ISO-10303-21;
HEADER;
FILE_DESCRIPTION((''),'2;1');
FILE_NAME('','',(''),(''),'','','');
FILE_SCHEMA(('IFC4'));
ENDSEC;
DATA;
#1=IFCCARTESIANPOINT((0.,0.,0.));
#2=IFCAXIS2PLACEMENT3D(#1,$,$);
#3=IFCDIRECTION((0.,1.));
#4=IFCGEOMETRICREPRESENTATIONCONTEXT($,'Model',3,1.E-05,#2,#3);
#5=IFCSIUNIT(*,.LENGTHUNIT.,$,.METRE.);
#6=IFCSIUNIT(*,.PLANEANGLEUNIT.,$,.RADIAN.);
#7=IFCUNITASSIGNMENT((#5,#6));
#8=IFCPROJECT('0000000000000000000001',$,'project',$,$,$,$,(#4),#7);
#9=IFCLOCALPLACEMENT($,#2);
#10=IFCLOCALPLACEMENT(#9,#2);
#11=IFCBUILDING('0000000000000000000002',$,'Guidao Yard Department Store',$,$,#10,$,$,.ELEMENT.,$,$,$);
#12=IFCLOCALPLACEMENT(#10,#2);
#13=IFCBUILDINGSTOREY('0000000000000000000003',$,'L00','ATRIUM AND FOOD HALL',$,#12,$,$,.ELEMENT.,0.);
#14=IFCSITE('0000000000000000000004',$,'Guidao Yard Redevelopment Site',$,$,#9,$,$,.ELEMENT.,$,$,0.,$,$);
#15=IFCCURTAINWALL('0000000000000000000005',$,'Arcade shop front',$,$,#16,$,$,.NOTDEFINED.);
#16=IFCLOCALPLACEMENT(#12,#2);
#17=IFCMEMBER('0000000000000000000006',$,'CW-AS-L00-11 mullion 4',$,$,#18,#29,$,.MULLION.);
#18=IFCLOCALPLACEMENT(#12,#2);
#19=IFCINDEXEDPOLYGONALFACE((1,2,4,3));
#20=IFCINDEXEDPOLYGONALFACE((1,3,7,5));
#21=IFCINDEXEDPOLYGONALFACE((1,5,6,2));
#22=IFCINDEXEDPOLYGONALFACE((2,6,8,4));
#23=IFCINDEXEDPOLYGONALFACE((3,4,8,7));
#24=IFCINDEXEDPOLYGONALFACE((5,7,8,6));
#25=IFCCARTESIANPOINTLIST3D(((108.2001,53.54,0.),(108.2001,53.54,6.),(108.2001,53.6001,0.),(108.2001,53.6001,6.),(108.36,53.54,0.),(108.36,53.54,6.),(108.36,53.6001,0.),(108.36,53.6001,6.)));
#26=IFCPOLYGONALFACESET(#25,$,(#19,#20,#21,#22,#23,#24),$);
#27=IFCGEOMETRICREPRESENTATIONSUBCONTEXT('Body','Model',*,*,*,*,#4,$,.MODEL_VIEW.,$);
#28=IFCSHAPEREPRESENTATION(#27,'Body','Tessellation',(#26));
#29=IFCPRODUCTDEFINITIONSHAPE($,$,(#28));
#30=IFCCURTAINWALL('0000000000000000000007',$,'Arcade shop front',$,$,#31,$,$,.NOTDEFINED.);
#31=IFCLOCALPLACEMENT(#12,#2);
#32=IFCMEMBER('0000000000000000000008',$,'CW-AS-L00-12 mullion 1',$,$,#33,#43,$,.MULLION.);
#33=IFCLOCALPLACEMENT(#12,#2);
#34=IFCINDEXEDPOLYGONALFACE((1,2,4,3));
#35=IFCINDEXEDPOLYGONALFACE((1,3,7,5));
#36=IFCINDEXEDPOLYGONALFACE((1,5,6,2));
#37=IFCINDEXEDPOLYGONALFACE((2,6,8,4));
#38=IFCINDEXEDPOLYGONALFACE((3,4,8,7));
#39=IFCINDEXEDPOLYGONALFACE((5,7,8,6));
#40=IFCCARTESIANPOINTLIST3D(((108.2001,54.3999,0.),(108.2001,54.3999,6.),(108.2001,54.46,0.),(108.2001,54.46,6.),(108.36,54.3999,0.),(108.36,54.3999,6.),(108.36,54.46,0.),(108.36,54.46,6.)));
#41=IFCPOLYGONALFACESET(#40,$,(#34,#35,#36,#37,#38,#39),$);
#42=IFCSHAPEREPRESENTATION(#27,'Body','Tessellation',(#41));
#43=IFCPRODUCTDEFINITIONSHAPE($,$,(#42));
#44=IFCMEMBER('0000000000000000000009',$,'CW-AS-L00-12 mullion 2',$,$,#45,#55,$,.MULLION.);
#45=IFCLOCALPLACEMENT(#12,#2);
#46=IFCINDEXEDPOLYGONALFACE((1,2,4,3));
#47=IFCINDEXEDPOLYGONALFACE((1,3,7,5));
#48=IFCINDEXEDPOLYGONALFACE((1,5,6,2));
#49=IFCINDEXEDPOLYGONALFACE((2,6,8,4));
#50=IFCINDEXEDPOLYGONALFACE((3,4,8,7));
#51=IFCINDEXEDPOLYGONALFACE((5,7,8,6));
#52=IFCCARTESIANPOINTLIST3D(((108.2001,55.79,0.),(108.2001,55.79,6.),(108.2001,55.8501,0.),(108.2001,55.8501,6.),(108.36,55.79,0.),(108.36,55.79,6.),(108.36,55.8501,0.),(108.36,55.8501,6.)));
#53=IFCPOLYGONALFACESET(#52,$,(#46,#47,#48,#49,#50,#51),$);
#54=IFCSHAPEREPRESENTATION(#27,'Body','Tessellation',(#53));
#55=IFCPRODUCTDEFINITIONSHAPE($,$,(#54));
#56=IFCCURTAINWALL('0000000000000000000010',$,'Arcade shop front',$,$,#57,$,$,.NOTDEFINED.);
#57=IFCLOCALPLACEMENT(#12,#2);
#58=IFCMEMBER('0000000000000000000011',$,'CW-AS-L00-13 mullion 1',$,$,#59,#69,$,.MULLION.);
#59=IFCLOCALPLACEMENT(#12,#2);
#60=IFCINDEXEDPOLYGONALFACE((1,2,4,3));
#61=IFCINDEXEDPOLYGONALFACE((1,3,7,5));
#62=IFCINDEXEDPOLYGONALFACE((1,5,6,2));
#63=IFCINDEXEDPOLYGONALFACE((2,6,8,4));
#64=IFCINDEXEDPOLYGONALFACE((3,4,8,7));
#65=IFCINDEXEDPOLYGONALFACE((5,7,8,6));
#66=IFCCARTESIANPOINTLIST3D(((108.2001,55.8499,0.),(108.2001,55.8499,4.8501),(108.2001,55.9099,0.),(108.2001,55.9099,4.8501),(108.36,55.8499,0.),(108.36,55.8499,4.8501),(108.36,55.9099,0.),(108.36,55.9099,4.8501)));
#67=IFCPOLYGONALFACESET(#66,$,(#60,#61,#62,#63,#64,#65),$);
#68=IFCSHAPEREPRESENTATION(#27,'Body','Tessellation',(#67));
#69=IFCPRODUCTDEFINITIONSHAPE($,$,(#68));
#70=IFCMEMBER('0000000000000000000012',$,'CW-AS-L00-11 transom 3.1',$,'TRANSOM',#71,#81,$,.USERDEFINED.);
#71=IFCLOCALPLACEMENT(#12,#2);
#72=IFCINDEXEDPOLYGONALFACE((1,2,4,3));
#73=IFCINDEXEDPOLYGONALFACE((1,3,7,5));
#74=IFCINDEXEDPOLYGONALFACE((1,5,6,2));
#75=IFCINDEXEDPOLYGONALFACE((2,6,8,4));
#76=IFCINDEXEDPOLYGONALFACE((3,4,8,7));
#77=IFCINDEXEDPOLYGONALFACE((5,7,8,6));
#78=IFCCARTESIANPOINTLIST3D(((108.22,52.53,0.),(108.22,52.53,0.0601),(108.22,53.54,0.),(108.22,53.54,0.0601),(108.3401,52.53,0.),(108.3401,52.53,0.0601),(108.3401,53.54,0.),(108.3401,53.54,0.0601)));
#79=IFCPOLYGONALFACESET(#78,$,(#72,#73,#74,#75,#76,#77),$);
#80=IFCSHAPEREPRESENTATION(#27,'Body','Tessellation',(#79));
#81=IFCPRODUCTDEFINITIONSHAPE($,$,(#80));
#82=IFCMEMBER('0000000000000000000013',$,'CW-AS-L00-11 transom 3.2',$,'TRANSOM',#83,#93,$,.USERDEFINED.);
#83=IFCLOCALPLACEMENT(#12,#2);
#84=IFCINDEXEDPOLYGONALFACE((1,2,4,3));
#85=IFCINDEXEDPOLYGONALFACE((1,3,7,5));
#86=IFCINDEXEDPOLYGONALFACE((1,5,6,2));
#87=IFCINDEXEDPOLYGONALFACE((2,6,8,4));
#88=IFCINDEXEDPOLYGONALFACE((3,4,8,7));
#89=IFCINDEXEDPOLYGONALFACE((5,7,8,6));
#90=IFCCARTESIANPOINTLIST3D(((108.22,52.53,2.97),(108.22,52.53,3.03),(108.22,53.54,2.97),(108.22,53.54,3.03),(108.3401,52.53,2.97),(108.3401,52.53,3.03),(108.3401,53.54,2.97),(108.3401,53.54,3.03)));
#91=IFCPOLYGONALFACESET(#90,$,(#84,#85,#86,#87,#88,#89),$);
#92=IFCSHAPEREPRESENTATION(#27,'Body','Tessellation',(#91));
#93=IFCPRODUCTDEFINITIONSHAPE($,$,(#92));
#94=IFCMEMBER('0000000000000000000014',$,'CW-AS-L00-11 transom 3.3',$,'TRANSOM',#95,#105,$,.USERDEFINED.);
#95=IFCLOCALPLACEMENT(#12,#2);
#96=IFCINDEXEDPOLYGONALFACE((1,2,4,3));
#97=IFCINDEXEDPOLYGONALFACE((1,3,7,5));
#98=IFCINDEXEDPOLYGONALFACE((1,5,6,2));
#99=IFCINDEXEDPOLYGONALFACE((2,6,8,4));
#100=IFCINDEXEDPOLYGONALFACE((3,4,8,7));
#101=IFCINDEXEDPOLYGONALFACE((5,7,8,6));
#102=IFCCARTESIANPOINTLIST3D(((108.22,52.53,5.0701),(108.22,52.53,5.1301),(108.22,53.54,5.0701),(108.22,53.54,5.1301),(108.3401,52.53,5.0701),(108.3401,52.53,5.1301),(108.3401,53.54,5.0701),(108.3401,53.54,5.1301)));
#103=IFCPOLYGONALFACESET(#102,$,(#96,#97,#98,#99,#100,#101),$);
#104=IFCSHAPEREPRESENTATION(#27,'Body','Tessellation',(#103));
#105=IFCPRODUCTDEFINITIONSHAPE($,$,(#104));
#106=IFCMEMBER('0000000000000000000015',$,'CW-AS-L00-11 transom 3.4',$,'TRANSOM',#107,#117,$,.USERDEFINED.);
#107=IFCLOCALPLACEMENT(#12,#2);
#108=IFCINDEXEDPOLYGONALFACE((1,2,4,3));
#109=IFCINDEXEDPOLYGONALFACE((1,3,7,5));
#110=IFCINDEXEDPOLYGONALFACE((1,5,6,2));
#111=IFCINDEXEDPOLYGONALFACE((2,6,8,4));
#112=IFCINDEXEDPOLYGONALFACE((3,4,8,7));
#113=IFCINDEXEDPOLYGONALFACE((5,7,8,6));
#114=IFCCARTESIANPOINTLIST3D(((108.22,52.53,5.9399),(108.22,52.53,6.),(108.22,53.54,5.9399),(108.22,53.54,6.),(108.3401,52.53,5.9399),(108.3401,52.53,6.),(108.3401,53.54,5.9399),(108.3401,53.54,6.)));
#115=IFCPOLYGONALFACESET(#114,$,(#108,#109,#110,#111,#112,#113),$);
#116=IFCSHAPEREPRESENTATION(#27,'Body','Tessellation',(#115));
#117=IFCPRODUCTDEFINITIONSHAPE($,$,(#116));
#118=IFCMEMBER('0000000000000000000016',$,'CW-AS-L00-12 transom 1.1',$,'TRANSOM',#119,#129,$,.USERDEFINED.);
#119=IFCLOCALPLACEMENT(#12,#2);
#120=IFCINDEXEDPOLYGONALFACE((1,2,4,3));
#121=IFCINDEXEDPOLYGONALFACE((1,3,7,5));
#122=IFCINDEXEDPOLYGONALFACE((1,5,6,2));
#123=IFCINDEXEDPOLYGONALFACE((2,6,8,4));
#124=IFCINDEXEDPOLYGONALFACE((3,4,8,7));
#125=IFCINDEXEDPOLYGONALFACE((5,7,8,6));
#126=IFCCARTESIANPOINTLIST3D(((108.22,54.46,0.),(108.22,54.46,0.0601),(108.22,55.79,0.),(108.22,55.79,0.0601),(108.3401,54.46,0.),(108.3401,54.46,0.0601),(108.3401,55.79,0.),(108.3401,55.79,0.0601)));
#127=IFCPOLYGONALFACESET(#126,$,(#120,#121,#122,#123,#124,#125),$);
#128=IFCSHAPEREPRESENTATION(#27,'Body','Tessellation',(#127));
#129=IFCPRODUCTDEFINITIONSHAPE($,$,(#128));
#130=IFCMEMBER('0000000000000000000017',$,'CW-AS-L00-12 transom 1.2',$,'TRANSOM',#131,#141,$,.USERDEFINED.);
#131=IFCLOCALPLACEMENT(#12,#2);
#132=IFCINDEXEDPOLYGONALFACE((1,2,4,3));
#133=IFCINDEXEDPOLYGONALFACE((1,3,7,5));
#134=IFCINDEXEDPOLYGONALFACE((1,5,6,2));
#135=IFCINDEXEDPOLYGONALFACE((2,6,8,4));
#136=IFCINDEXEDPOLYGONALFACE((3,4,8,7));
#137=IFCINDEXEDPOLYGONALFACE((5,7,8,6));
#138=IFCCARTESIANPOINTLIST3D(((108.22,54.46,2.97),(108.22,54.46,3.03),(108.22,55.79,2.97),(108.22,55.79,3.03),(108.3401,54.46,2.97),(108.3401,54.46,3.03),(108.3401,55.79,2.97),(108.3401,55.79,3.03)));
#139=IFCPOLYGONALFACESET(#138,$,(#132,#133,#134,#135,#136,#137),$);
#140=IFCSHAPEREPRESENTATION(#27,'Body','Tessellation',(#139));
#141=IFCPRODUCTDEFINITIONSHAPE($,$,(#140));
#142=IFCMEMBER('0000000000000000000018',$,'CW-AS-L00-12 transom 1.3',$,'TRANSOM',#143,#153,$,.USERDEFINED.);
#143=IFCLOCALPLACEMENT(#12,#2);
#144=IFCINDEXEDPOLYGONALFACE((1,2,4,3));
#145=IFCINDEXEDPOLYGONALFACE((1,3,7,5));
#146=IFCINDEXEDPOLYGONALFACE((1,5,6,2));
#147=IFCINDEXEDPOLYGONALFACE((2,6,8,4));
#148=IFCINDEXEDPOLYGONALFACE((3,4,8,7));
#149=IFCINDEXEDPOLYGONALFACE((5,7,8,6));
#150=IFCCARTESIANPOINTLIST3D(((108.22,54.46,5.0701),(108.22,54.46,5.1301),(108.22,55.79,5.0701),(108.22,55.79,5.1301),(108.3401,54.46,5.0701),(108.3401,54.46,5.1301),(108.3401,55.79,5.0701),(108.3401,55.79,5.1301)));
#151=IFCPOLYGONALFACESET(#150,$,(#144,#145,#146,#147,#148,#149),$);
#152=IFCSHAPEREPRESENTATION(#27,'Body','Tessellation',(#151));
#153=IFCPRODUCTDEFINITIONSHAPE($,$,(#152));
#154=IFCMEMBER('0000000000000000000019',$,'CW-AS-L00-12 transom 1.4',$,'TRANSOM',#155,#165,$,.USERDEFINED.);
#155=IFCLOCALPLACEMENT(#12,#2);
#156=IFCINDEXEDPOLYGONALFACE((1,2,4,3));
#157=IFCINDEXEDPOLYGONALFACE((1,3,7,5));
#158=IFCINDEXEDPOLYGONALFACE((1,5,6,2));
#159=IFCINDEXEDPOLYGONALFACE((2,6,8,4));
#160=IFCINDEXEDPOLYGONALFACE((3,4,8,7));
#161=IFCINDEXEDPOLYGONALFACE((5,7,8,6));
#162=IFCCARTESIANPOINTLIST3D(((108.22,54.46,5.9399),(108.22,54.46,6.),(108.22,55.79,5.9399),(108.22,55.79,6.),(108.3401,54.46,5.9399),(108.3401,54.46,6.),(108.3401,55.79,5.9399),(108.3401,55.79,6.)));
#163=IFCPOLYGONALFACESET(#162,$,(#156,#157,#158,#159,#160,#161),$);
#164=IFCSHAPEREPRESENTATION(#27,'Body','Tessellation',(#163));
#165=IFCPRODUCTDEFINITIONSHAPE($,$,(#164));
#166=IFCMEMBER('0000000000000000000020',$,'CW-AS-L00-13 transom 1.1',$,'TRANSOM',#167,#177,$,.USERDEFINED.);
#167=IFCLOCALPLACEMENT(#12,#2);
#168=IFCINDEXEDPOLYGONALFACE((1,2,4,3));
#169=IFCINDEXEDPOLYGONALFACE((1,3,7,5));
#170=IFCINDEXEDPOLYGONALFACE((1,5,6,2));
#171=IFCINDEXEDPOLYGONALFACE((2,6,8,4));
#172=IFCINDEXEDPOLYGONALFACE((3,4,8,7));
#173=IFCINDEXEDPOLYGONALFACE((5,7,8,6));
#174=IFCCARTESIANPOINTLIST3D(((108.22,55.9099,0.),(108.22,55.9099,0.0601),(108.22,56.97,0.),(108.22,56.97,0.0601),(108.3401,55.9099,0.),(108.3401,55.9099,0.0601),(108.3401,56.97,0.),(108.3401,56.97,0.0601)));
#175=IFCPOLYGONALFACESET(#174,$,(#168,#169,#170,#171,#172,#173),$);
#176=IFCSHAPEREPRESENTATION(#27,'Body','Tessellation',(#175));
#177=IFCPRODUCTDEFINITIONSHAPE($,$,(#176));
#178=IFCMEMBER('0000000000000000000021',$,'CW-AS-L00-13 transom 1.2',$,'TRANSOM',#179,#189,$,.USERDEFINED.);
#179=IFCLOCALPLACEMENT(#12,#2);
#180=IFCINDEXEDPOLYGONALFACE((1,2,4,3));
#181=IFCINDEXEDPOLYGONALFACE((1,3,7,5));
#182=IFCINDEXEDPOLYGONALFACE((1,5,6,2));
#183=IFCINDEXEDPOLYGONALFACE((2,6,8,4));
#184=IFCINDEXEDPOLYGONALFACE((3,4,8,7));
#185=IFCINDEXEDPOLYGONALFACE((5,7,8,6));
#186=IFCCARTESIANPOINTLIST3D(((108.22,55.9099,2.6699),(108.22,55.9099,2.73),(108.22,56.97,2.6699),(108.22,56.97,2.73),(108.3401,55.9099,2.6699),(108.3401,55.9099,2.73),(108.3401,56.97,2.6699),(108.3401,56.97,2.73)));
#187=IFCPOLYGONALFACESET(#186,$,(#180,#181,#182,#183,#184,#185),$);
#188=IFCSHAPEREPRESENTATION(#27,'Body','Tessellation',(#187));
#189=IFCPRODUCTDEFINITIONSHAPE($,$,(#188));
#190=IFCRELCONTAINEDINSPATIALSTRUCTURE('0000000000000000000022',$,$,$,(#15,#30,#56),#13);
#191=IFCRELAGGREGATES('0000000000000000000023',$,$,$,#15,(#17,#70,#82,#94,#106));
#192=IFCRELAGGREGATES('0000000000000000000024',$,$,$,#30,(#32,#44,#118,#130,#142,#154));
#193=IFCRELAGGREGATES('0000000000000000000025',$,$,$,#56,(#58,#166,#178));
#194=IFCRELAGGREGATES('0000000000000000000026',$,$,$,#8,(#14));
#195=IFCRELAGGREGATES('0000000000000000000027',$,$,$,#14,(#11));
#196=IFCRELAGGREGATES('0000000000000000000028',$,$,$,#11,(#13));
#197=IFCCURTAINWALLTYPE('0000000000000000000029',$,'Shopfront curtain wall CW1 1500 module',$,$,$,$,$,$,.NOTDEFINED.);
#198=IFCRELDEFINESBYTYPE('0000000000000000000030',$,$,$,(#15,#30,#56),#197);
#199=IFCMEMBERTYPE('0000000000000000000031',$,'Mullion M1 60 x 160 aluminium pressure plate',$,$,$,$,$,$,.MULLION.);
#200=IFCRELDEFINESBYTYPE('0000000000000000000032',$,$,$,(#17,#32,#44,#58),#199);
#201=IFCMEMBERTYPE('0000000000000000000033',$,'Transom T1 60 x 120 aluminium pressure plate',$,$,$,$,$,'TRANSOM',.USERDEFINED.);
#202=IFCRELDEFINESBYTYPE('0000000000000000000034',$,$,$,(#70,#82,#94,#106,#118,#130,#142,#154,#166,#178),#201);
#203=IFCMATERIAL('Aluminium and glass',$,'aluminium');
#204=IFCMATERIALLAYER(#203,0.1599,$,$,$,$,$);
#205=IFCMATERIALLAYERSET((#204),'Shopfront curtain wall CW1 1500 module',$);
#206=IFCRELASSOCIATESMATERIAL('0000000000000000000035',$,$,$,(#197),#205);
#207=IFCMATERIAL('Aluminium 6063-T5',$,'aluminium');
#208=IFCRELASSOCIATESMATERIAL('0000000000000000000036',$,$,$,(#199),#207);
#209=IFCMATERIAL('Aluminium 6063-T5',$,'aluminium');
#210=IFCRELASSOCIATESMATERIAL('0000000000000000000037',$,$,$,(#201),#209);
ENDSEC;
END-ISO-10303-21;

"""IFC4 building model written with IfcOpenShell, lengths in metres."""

from ifc_helpers import new_model, si_unit, direction, frame, origin, origin_2d, place, context, subcontext, project, spatial, rectangle, extrude, material, layer, layer_set, material_profile, profile_set, type_object, element, aggregate, save


model = new_model("IFC4")

# Units and contexts
model_context = context("Model", 3, precision=1e-05, world=origin(), true_north=direction((0.0, 1.0)))
body_context = subcontext(model_context, "Body", "Model", "MODEL_VIEW")
ifc_project = project(units=[si_unit("LENGTHUNIT", "METRE"), si_unit("PLANEANGLEUNIT", "RADIAN")], contexts=[model_context])

# Site, building, storey
site_placement = place(None, origin())
site = spatial("IfcSite", under=ifc_project, at=site_placement, Name="Guidao Yard Redevelopment Site", CompositionType="ELEMENT", RefElevation=0.0)
building_placement = place(site_placement, origin())
building = spatial("IfcBuilding", under=site, at=building_placement, Name="Guidao Yard Department Store", CompositionType="ELEMENT")
storey_placement = place(building_placement, origin())
storey = spatial("IfcBuildingStorey", under=building, at=storey_placement, Name="L00", Description="ATRIUM AND FOOD HALL", CompositionType="ELEMENT", Elevation=0.0)

# Curtain wall, member
ifc_material_1 = material(Name="Aluminium and glass", Category="aluminium")
ifc_layer_1 = layer(ifc_material_1, 0.1599)
ifc_layer_set_1 = layer_set([ifc_layer_1], Name="Shopfront curtain wall CW1 1500 module")
curtain_wall_type = type_object("IfcCurtainWallType", Name="Shopfront curtain wall CW1 1500 module", PredefinedType="NOTDEFINED", material=ifc_layer_set_1)
curtain_wall_1_placement = place(storey_placement, origin())
curtain_wall_1 = element("IfcCurtainWall", 1, at=curtain_wall_1_placement, inside=storey, type_object=curtain_wall_type, Name="Arcade shop front", PredefinedType="NOTDEFINED")
ifc_material_2 = material(Name="Aluminium 6063-T5", Category="aluminium")
ifc_material_profile_1 = material_profile(ifc_material_2, rectangle(XDim=0.0601, YDim=0.1599, at=origin_2d()), Name="Mullion M1 60 x 160 aluminium pressure plate")
ifc_profile_set_1 = profile_set([ifc_material_profile_1], Name="Aluminium 6063-T5")
member_type_1 = type_object("IfcMemberType", Name="Mullion M1 60 x 160 aluminium pressure plate", PredefinedType="MULLION", material=ifc_profile_set_1)
member_1_placement = place(storey_placement, frame((108.28, 53.5701, 0.0), z_axis=(0.0, 0.0, 1.0), x_axis=(0.0, -1.0, 0.0)))
member_1 = element("IfcMember", 2, at=member_1_placement, type_object=member_type_1, Name="CW-AS-L00-11 mullion 4", PredefinedType="MULLION", context=body_context, shape_type="SweptSolid", body=[
    extrude(rectangle(XDim=0.0601, YDim=0.1599, at=origin_2d()), origin(), (0.0, 0.0, 1.0), 6.0),
])

# Curtain wall, members
curtain_wall_2_placement = place(storey_placement, origin())
curtain_wall_2 = element("IfcCurtainWall", 3, at=curtain_wall_2_placement, inside=storey, type_object=curtain_wall_type, Name="Arcade shop front", PredefinedType="NOTDEFINED")
member_2_placement = place(storey_placement, frame((108.28, 54.4299, 0.0), z_axis=(0.0, 0.0, 1.0), x_axis=(0.0, -1.0, 0.0)))
member_2 = element("IfcMember", 4, at=member_2_placement, type_object=member_type_1, Name="CW-AS-L00-12 mullion 1", PredefinedType="MULLION", context=body_context, shape_type="SweptSolid", body=[
    extrude(rectangle(XDim=0.0601, YDim=0.1599, at=origin_2d()), origin(), (0.0, 0.0, 1.0), 6.0),
])
member_3_placement = place(storey_placement, frame((108.28, 55.8201, 0.0), z_axis=(0.0, 0.0, 1.0), x_axis=(0.0, -1.0, 0.0)))
member_3 = element("IfcMember", 5, at=member_3_placement, type_object=member_type_1, Name="CW-AS-L00-12 mullion 2", PredefinedType="MULLION", context=body_context, shape_type="SweptSolid", body=[
    extrude(rectangle(XDim=0.0601, YDim=0.1599, at=origin_2d()), origin(), (0.0, 0.0, 1.0), 6.0),
])

# Curtain wall, member
curtain_wall_3_placement = place(storey_placement, origin())
curtain_wall_3 = element("IfcCurtainWall", 6, at=curtain_wall_3_placement, inside=storey, type_object=curtain_wall_type, Name="Arcade shop front", PredefinedType="NOTDEFINED")
member_4_placement = place(storey_placement, frame((108.28, 55.8799, 0.0), z_axis=(0.0, 0.0, 1.0), x_axis=(0.0, -1.0, 0.0)))
member_4 = element("IfcMember", 7, at=member_4_placement, type_object=member_type_1, Name="CW-AS-L00-13 mullion 1", PredefinedType="MULLION", context=body_context, shape_type="SweptSolid", body=[
    extrude(rectangle(XDim=0.0601, YDim=0.1599, at=origin_2d()), origin(), (0.0, 0.0, 1.0), 4.8501),
])

# Members
ifc_material_3 = material(Name="Aluminium 6063-T5", Category="aluminium")
ifc_material_profile_2 = material_profile(ifc_material_3, rectangle(XDim=0.1201, YDim=0.0601, at=origin_2d()), Name="Transom T1 60 x 120 aluminium pressure plate")
ifc_profile_set_2 = profile_set([ifc_material_profile_2], Name="Aluminium 6063-T5")
member_type_2 = type_object("IfcMemberType", Name="Transom T1 60 x 120 aluminium pressure plate", ElementType="TRANSOM", PredefinedType="USERDEFINED", material=ifc_profile_set_2)
member_5_placement = place(storey_placement, frame((108.28, 53.54, 0.03), z_axis=(0.0, -1.0, 0.0), x_axis=(1.0, 0.0, 0.0)))
member_5 = element("IfcMember", 8, at=member_5_placement, type_object=member_type_2, Name="CW-AS-L00-11 transom 3.1", ObjectType="TRANSOM", PredefinedType="USERDEFINED", context=body_context, shape_type="SweptSolid", body=[
    extrude(rectangle(XDim=0.1201, YDim=0.0601, at=origin_2d()), origin(), (0.0, 0.0, 1.0), 1.01),
])
member_6_placement = place(storey_placement, frame((108.28, 53.54, 3.0), z_axis=(0.0, -1.0, 0.0), x_axis=(1.0, 0.0, 0.0)))
member_6 = element("IfcMember", 9, at=member_6_placement, type_object=member_type_2, Name="CW-AS-L00-11 transom 3.2", ObjectType="TRANSOM", PredefinedType="USERDEFINED", context=body_context, shape_type="SweptSolid", body=[
    extrude(rectangle(XDim=0.1201, YDim=0.0601, at=origin_2d()), origin(), (0.0, 0.0, 1.0), 1.01),
])
member_7_placement = place(storey_placement, frame((108.28, 53.54, 5.1001), z_axis=(0.0, -1.0, 0.0), x_axis=(1.0, 0.0, 0.0)))
member_7 = element("IfcMember", 10, at=member_7_placement, type_object=member_type_2, Name="CW-AS-L00-11 transom 3.3", ObjectType="TRANSOM", PredefinedType="USERDEFINED", context=body_context, shape_type="SweptSolid", body=[
    extrude(rectangle(XDim=0.1201, YDim=0.0601, at=origin_2d()), origin(), (0.0, 0.0, 1.0), 1.01),
])
member_8_placement = place(storey_placement, frame((108.28, 53.54, 5.97), z_axis=(0.0, -1.0, 0.0), x_axis=(1.0, 0.0, 0.0)))
member_8 = element("IfcMember", 11, at=member_8_placement, type_object=member_type_2, Name="CW-AS-L00-11 transom 3.4", ObjectType="TRANSOM", PredefinedType="USERDEFINED", context=body_context, shape_type="SweptSolid", body=[
    extrude(rectangle(XDim=0.1201, YDim=0.0601, at=origin_2d()), origin(), (0.0, 0.0, 1.0), 1.01),
])
member_9_placement = place(storey_placement, frame((108.28, 55.79, 0.03), z_axis=(0.0, -1.0, 0.0), x_axis=(1.0, 0.0, 0.0)))
member_9 = element("IfcMember", 12, at=member_9_placement, type_object=member_type_2, Name="CW-AS-L00-12 transom 1.1", ObjectType="TRANSOM", PredefinedType="USERDEFINED", context=body_context, shape_type="SweptSolid", body=[
    extrude(rectangle(XDim=0.1201, YDim=0.0601, at=origin_2d()), origin(), (0.0, 0.0, 1.0), 1.3301),
])
member_10_placement = place(storey_placement, frame((108.28, 55.79, 3.0), z_axis=(0.0, -1.0, 0.0), x_axis=(1.0, 0.0, 0.0)))
member_10 = element("IfcMember", 13, at=member_10_placement, type_object=member_type_2, Name="CW-AS-L00-12 transom 1.2", ObjectType="TRANSOM", PredefinedType="USERDEFINED", context=body_context, shape_type="SweptSolid", body=[
    extrude(rectangle(XDim=0.1201, YDim=0.0601, at=origin_2d()), origin(), (0.0, 0.0, 1.0), 1.3301),
])
member_11_placement = place(storey_placement, frame((108.28, 55.79, 5.1001), z_axis=(0.0, -1.0, 0.0), x_axis=(1.0, 0.0, 0.0)))
member_11 = element("IfcMember", 14, at=member_11_placement, type_object=member_type_2, Name="CW-AS-L00-12 transom 1.3", ObjectType="TRANSOM", PredefinedType="USERDEFINED", context=body_context, shape_type="SweptSolid", body=[
    extrude(rectangle(XDim=0.1201, YDim=0.0601, at=origin_2d()), origin(), (0.0, 0.0, 1.0), 1.3301),
])
member_12_placement = place(storey_placement, frame((108.28, 55.79, 5.97), z_axis=(0.0, -1.0, 0.0), x_axis=(1.0, 0.0, 0.0)))
member_12 = element("IfcMember", 15, at=member_12_placement, type_object=member_type_2, Name="CW-AS-L00-12 transom 1.4", ObjectType="TRANSOM", PredefinedType="USERDEFINED", context=body_context, shape_type="SweptSolid", body=[
    extrude(rectangle(XDim=0.1201, YDim=0.0601, at=origin_2d()), origin(), (0.0, 0.0, 1.0), 1.3301),
])
member_13_placement = place(storey_placement, frame((108.28, 56.97, 0.03), z_axis=(0.0, -1.0, 0.0), x_axis=(1.0, 0.0, 0.0)))
member_13 = element("IfcMember", 16, at=member_13_placement, type_object=member_type_2, Name="CW-AS-L00-13 transom 1.1", ObjectType="TRANSOM", PredefinedType="USERDEFINED", context=body_context, shape_type="SweptSolid", body=[
    extrude(rectangle(XDim=0.1201, YDim=0.0601, at=origin_2d()), origin(), (0.0, 0.0, 1.0), 1.0601),
])
member_14_placement = place(storey_placement, frame((108.28, 56.97, 2.7), z_axis=(0.0, -1.0, 0.0), x_axis=(1.0, 0.0, 0.0)))
member_14 = element("IfcMember", 17, at=member_14_placement, type_object=member_type_2, Name="CW-AS-L00-13 transom 1.2", ObjectType="TRANSOM", PredefinedType="USERDEFINED", context=body_context, shape_type="SweptSolid", body=[
    extrude(rectangle(XDim=0.1201, YDim=0.0601, at=origin_2d()), origin(), (0.0, 0.0, 1.0), 1.0601),
])

aggregate(curtain_wall_1, [member_1, member_5, member_6, member_7, member_8])
aggregate(curtain_wall_2, [member_2, member_3, member_9, member_10, member_11, member_12])
aggregate(curtain_wall_3, [member_4, member_13, member_14])

save(model, "model.ifc")
